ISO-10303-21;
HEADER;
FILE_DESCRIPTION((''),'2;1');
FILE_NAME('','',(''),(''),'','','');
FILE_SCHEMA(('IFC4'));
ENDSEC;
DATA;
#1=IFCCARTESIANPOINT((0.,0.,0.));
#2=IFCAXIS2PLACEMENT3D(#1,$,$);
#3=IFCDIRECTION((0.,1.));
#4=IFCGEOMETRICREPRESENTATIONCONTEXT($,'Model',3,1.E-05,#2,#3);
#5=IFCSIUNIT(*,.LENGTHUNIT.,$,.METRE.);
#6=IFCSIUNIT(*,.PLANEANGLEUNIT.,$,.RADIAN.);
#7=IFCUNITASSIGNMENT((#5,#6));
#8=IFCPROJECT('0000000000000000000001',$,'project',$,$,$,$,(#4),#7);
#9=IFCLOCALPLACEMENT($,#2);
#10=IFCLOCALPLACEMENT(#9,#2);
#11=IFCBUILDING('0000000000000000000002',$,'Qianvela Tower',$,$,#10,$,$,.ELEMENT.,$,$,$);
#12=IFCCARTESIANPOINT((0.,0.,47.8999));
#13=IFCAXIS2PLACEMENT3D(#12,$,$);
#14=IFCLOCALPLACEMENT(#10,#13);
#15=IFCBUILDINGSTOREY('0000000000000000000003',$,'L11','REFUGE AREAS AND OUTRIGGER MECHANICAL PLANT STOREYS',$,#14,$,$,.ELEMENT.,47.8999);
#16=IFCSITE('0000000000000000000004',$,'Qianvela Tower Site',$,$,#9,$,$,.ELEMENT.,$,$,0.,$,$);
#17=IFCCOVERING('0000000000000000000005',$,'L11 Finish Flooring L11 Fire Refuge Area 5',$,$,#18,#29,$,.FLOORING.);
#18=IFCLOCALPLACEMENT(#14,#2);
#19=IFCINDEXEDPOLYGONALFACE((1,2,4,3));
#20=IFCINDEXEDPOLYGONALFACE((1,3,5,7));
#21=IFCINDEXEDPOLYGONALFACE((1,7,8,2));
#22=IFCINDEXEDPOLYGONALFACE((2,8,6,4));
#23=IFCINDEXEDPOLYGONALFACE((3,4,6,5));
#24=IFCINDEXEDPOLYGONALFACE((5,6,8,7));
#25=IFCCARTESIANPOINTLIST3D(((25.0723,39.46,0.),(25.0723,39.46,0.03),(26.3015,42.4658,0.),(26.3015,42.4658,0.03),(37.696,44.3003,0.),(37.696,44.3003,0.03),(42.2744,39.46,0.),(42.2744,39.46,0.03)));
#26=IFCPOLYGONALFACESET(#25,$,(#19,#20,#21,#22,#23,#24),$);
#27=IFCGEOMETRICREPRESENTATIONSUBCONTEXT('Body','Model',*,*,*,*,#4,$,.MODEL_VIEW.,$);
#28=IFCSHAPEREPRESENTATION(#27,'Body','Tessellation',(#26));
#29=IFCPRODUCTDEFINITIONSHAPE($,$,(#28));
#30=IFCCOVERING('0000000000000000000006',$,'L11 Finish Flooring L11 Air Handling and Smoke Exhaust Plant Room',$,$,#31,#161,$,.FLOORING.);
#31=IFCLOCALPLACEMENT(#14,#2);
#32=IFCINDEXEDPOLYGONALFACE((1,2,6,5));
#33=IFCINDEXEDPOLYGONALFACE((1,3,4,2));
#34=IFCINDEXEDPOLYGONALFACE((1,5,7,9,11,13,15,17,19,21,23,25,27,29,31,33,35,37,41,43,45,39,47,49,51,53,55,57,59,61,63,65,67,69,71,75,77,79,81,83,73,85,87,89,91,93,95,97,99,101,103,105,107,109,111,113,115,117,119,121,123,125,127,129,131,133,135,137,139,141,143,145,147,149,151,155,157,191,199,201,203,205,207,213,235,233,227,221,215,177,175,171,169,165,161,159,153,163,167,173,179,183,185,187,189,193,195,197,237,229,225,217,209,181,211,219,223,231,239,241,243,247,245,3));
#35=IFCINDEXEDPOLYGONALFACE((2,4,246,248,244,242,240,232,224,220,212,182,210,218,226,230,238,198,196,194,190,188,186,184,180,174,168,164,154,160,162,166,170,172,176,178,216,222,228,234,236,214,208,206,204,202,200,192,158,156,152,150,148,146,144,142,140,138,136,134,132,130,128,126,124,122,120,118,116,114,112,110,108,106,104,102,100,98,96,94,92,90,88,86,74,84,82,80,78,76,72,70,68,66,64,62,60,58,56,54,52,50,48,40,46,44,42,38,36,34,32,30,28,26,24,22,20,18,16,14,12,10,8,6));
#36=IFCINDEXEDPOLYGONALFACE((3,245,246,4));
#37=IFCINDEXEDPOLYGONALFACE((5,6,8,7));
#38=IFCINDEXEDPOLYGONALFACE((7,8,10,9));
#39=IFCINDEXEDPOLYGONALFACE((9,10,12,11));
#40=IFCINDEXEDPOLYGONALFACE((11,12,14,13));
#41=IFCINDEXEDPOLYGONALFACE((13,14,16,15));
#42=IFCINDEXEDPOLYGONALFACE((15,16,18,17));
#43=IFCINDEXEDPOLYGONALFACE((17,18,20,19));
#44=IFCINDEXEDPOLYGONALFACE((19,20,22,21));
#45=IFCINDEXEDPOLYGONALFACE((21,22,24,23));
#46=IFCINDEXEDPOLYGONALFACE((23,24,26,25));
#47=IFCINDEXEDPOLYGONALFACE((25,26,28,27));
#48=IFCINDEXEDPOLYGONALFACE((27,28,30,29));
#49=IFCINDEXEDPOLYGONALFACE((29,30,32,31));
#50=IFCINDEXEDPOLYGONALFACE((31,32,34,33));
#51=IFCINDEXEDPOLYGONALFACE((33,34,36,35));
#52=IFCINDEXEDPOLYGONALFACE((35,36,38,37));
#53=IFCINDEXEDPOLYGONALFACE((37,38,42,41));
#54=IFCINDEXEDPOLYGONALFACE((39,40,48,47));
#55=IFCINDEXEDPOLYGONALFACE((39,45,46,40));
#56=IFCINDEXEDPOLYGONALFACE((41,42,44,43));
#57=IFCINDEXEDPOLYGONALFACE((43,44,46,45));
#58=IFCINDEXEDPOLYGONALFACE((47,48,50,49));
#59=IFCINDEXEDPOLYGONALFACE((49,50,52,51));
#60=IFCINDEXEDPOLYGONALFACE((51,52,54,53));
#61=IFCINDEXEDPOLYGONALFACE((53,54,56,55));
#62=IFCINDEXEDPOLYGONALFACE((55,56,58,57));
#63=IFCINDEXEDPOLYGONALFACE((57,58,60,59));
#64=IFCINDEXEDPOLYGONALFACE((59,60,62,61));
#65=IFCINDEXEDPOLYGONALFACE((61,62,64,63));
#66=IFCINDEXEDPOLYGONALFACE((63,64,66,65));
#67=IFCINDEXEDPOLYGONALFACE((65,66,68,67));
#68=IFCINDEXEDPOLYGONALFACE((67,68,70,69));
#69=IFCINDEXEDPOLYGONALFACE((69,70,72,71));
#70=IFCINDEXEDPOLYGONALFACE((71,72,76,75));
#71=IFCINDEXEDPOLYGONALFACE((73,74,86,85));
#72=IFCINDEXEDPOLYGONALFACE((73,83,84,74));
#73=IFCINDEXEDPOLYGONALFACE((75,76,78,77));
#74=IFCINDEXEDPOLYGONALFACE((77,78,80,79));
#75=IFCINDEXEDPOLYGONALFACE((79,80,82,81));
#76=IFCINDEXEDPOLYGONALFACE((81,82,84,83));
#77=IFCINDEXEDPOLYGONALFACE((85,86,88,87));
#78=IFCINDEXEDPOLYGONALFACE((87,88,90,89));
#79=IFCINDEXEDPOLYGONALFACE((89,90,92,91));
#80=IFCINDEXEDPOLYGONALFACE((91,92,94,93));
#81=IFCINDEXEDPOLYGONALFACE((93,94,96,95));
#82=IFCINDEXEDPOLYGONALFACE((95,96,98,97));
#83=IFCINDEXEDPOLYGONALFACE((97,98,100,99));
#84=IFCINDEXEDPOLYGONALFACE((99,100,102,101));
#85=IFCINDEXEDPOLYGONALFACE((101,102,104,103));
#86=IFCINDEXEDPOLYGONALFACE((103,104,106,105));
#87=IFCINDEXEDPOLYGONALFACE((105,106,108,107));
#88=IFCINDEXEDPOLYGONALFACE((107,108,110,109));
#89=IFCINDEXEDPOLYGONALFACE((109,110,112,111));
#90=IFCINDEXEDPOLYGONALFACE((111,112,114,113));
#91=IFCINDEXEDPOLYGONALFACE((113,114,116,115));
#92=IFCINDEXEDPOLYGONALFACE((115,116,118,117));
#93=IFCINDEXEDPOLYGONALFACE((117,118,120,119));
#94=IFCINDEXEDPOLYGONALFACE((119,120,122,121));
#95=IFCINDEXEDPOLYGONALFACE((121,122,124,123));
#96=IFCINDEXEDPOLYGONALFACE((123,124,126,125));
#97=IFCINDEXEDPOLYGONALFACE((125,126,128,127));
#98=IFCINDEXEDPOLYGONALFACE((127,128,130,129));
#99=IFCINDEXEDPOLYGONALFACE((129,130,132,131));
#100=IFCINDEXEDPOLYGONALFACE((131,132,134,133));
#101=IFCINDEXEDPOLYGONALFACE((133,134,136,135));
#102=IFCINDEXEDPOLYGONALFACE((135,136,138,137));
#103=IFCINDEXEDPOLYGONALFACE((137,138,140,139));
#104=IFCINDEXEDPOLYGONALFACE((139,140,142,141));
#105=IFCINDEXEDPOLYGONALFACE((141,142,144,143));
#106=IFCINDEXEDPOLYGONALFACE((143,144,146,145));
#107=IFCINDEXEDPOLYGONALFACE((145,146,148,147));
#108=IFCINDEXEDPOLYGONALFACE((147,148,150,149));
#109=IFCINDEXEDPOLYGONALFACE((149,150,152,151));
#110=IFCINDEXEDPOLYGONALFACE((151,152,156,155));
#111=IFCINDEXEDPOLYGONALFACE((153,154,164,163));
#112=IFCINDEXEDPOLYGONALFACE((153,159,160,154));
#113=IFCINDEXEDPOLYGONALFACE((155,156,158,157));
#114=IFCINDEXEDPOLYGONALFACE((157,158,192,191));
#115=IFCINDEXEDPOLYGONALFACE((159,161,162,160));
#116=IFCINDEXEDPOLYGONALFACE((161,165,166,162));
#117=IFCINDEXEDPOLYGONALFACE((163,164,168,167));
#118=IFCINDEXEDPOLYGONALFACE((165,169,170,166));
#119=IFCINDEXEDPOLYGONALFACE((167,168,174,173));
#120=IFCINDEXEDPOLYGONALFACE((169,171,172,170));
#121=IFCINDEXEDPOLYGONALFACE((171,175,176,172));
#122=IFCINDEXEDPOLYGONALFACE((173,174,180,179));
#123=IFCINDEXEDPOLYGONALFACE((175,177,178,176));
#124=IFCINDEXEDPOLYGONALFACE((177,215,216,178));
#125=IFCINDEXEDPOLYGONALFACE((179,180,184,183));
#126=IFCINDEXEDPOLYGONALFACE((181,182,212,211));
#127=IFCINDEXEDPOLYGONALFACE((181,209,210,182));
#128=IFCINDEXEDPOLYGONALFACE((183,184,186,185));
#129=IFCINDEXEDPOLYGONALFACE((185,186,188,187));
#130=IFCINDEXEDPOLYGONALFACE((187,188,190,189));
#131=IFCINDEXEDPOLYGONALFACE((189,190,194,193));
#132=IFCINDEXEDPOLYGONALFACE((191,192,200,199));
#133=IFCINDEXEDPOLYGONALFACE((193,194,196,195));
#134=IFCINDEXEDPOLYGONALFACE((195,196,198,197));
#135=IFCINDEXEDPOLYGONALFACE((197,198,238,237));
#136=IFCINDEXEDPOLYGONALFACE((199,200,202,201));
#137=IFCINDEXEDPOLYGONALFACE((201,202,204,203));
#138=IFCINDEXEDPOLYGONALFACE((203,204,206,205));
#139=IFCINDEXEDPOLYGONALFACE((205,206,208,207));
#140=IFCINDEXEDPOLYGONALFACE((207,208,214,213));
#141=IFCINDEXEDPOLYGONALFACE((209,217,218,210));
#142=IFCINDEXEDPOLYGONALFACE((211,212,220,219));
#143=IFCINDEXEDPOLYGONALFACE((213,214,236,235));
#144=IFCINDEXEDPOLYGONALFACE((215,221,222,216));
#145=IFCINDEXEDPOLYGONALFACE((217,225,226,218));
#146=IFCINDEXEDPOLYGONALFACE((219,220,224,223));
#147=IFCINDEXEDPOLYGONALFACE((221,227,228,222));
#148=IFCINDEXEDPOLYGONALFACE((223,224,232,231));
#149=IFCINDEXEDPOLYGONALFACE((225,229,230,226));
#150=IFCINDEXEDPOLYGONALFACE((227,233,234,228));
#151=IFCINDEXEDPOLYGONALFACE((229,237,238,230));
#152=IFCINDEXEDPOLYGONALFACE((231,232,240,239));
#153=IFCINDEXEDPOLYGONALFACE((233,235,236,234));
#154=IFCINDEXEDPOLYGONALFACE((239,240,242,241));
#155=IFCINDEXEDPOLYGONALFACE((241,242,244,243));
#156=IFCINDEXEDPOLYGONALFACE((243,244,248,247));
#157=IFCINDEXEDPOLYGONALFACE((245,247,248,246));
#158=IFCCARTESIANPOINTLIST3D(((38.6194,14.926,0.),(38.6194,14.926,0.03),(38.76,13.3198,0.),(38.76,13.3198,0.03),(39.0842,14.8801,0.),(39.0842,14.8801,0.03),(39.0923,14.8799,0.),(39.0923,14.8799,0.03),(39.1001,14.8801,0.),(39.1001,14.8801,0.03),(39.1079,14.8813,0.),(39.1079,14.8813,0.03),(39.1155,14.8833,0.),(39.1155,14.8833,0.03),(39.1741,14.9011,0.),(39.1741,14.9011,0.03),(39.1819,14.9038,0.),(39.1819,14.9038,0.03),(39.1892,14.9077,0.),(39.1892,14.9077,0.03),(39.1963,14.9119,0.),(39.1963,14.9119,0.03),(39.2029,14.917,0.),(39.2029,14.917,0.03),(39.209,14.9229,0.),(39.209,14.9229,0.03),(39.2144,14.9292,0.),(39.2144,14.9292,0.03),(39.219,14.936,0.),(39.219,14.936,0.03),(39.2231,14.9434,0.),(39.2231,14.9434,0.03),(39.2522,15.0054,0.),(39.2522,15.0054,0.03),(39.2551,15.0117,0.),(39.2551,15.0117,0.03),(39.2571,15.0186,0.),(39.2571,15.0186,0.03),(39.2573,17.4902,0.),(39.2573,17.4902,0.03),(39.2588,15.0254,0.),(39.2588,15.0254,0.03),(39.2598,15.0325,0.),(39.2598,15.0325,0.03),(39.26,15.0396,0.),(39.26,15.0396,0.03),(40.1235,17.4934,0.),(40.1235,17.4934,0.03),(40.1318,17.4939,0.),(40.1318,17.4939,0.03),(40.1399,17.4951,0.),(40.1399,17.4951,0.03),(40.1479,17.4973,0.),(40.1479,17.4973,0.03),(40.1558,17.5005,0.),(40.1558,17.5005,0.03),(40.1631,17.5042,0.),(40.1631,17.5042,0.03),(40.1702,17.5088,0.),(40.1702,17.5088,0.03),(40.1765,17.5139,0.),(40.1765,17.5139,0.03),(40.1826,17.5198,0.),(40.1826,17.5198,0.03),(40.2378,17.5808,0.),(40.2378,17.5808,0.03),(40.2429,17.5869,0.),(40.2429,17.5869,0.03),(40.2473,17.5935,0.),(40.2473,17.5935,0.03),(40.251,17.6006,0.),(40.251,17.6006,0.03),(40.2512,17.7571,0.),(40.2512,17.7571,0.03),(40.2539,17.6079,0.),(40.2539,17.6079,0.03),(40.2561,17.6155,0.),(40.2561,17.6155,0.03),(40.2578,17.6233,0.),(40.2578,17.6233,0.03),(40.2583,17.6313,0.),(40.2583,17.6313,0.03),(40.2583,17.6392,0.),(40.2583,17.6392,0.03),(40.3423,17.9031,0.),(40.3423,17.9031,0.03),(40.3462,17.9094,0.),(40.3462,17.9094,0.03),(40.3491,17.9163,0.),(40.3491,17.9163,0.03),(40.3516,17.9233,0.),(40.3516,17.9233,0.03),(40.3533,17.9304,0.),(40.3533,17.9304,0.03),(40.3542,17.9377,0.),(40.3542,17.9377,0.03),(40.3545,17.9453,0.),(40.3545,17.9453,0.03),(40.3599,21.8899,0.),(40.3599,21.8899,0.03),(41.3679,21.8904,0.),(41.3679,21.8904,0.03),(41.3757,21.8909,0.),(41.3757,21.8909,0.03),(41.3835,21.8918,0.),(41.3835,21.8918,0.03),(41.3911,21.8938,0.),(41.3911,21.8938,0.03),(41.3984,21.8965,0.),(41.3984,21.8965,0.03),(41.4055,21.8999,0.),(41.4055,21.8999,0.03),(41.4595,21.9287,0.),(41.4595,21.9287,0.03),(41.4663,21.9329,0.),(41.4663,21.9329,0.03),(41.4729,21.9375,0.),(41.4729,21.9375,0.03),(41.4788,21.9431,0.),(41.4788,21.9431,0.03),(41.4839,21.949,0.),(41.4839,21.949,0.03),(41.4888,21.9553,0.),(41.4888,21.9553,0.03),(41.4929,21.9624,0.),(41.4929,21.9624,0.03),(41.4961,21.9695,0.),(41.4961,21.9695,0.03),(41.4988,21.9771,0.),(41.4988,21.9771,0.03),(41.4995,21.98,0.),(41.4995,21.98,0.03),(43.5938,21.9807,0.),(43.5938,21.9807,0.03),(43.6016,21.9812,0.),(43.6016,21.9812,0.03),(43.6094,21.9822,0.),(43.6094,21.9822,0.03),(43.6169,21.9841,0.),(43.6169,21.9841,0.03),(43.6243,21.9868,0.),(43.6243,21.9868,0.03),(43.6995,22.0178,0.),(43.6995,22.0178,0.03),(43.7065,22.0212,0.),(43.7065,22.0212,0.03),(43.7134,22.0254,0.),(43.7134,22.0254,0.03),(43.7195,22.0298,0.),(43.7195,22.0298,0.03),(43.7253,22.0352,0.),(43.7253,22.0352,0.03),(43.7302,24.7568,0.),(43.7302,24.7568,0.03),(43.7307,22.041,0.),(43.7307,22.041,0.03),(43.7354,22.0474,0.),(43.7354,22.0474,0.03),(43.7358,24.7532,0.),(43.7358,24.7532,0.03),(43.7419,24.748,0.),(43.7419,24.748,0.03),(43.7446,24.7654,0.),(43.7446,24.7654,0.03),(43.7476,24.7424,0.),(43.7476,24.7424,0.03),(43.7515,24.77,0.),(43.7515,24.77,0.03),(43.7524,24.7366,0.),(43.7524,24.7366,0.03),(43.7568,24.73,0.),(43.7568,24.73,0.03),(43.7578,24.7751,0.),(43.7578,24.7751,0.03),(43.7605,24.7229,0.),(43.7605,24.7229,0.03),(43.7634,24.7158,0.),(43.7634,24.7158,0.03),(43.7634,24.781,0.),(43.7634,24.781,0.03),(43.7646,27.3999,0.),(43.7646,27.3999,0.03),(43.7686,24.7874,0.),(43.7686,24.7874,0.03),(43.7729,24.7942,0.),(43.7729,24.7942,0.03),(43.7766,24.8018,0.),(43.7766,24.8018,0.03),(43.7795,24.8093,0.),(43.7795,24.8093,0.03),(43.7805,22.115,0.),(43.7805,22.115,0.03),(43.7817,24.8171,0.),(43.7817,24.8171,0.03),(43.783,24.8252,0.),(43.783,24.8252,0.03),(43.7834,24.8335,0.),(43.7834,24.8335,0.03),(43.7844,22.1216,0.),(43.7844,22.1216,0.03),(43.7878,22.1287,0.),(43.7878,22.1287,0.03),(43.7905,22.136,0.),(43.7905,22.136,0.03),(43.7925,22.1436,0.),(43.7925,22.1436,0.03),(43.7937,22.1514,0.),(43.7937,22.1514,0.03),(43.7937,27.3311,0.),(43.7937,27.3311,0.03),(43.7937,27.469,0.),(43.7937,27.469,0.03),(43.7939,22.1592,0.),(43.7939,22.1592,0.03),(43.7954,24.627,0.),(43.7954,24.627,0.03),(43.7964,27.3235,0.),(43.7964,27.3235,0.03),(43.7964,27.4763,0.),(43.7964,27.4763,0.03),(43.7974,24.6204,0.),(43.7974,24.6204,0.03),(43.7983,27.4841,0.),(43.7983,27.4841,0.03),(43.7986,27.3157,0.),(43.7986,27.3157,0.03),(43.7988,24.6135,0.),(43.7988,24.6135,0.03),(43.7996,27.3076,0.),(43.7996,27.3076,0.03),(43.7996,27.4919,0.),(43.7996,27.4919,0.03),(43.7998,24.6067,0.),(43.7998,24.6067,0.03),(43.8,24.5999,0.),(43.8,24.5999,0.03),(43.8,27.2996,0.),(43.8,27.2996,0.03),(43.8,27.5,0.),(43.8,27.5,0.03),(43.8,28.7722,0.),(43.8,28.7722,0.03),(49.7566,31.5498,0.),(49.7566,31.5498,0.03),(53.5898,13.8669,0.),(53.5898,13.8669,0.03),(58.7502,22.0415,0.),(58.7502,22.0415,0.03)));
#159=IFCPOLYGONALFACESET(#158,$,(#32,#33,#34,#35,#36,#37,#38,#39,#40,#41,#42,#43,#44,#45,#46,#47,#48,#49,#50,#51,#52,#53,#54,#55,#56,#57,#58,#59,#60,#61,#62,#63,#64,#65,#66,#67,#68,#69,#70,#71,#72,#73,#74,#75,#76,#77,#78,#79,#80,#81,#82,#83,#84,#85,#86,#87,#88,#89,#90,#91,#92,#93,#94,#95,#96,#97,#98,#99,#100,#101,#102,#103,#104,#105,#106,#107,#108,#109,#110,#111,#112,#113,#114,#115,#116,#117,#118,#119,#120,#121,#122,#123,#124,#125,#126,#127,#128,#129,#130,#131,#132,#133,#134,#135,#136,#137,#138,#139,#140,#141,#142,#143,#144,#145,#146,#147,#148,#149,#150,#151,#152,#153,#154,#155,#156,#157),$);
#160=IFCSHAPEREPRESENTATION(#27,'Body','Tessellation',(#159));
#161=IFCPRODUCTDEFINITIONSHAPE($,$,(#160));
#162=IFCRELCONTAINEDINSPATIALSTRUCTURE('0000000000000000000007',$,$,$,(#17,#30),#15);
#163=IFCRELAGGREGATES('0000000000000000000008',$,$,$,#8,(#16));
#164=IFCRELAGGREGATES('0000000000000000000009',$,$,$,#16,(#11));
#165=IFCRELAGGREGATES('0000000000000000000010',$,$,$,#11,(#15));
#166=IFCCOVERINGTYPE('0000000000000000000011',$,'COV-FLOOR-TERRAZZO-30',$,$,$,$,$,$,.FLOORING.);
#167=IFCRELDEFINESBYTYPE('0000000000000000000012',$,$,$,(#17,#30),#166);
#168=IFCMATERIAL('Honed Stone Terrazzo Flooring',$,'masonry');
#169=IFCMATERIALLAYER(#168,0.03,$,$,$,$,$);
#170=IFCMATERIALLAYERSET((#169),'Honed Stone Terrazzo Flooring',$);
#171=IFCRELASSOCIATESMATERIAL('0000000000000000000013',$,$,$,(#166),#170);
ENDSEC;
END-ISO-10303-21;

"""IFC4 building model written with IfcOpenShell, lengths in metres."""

from ifc_helpers import new_model, si_unit, direction, frame, origin, place, context, subcontext, project, spatial, polyline, outline, extrude, material, layer, layer_set, type_object, element, save


model = new_model("IFC4")

# Units and contexts
model_context = context("Model", 3, precision=1e-05, world=origin(), true_north=direction((0.0, 1.0)))
body_context = subcontext(model_context, "Body", "Model", "MODEL_VIEW")
ifc_project = project(units=[si_unit("LENGTHUNIT", "METRE"), si_unit("PLANEANGLEUNIT", "RADIAN")], contexts=[model_context])

# Site, building, storey
site_placement = place(None, origin())
site = spatial("IfcSite", under=ifc_project, at=site_placement, Name="Qianvela Tower Site", CompositionType="ELEMENT", RefElevation=0.0)
building_placement = place(site_placement, origin())
building = spatial("IfcBuilding", under=site, at=building_placement, Name="Qianvela Tower", CompositionType="ELEMENT")
storey_placement = place(building_placement, frame((0.0, 0.0, 47.8999)))
storey = spatial("IfcBuildingStorey", under=building, at=storey_placement, Name="L11", Description="REFUGE AREAS AND OUTRIGGER MECHANICAL PLANT STOREYS", CompositionType="ELEMENT", Elevation=47.8999)

# Coverings
ifc_material_1 = material(Name="Honed Stone Terrazzo Flooring", Category="masonry")
ifc_layer_1 = layer(ifc_material_1, 0.03)
ifc_layer_set_1 = layer_set([ifc_layer_1], Name="Honed Stone Terrazzo Flooring")
covering_type_1 = type_object("IfcCoveringType", Name="COV-FLOOR-TERRAZZO-30", PredefinedType="FLOORING", material=ifc_layer_set_1)
covering_1_placement = place(storey_placement, origin())
element("IfcCovering", 1, at=covering_1_placement, inside=storey, type_object=covering_type_1, Name="L11 Finish Flooring L11 Fire Refuge Area 5", PredefinedType="FLOORING", context=body_context, shape_type="SweptSolid", body=[
    extrude(outline(polyline([(42.2744, 39.46), (25.0723, 39.46), (26.3015, 42.4658), (37.696, 44.3003), (42.2744, 39.46)])), origin(), (0.0, 0.0, 1.0), 0.03),
])
covering_2_placement = place(storey_placement, origin())
element("IfcCovering", 2, at=covering_2_placement, inside=storey, type_object=covering_type_1, Name="L11 Finish Flooring L11 Air Handling and Smoke Exhaust Plant Room", PredefinedType="FLOORING", context=body_context, shape_type="SweptSolid", body=[
    extrude(outline(polyline([(39.1741, 14.9011), (39.1819, 14.9038), (39.1892, 14.9077), (39.1963, 14.9119), (39.2029, 14.917), (39.209, 14.9229), (39.2144, 14.9292), (39.219, 14.936), (39.2231, 14.9434), (39.2522, 15.0054), (39.2551, 15.0117), (39.2571, 15.0186), (39.2588, 15.0254), (39.2598, 15.0325), (39.26, 15.0396), (39.2573, 17.4902), (40.1235, 17.4934), (40.1318, 17.4939), (40.1399, 17.4951), (40.1479, 17.4973), (40.1558, 17.5005), (40.1631, 17.5042), (40.1702, 17.5088), (40.1765, 17.5139), (40.1826, 17.5198), (40.2378, 17.5808), (40.2429, 17.5869), (40.2473, 17.5935), (40.251, 17.6006), (40.2539, 17.6079), (40.2561, 17.6155), (40.2578, 17.6233), (40.2583, 17.6313), (40.2583, 17.6392), (40.2512, 17.7571), (40.3423, 17.9031), (40.3462, 17.9094), (40.3491, 17.9163), (40.3516, 17.9233), (40.3533, 17.9304), (40.3542, 17.9377), (40.3545, 17.9453), (40.3599, 21.8899), (41.3679, 21.8904), (41.3757, 21.8909), (41.3835, 21.8918), (41.3911, 21.8938), (41.3984, 21.8965), (41.4055, 21.8999), (41.4595, 21.9287), (41.4663, 21.9329), (41.4729, 21.9375), (41.4788, 21.9431), (41.4839, 21.949), (41.4888, 21.9553), (41.4929, 21.9624), (41.4961, 21.9695), (41.4988, 21.9771), (41.4995, 21.98), (43.5938, 21.9807), (43.6016, 21.9812), (43.6094, 21.9822), (43.6169, 21.9841), (43.6243, 21.9868), (43.6995, 22.0178), (43.7065, 22.0212), (43.7134, 22.0254), (43.7195, 22.0298), (43.7253, 22.0352), (43.7307, 22.041), (43.7354, 22.0474), (43.7805, 22.115), (43.7844, 22.1216), (43.7878, 22.1287), (43.7905, 22.136), (43.7925, 22.1436), (43.7937, 22.1514), (43.7939, 22.1592), (43.8, 24.5999), (43.7998, 24.6067), (43.7988, 24.6135), (43.7974, 24.6204), (43.7954, 24.627), (43.7634, 24.7158), (43.7605, 24.7229), (43.7568, 24.73), (43.7524, 24.7366), (43.7476, 24.7424), (43.7419, 24.748), (43.7358, 24.7532), (43.7302, 24.7568), (43.7446, 24.7654), (43.7515, 24.77), (43.7578, 24.7751), (43.7634, 24.781), (43.7686, 24.7874), (43.7729, 24.7942), (43.7766, 24.8018), (43.7795, 24.8093), (43.7817, 24.8171), (43.783, 24.8252), (43.7834, 24.8335), (43.8, 27.2996), (43.7996, 27.3076), (43.7986, 27.3157), (43.7964, 27.3235), (43.7937, 27.3311), (43.7646, 27.3999), (43.7937, 27.469), (43.7964, 27.4763), (43.7983, 27.4841), (43.7996, 27.4919), (43.8, 27.5), (43.8, 28.7722), (49.7566, 31.5498), (58.7502, 22.0415), (53.5898, 13.8669), (38.76, 13.3198), (38.6194, 14.926), (39.0842, 14.8801), (39.0923, 14.8799), (39.1001, 14.8801), (39.1079, 14.8813), (39.1155, 14.8833), (39.1741, 14.9011)])), origin(), (0.0, 0.0, 1.0), 0.03),
])

save(model, "model.ifc")
